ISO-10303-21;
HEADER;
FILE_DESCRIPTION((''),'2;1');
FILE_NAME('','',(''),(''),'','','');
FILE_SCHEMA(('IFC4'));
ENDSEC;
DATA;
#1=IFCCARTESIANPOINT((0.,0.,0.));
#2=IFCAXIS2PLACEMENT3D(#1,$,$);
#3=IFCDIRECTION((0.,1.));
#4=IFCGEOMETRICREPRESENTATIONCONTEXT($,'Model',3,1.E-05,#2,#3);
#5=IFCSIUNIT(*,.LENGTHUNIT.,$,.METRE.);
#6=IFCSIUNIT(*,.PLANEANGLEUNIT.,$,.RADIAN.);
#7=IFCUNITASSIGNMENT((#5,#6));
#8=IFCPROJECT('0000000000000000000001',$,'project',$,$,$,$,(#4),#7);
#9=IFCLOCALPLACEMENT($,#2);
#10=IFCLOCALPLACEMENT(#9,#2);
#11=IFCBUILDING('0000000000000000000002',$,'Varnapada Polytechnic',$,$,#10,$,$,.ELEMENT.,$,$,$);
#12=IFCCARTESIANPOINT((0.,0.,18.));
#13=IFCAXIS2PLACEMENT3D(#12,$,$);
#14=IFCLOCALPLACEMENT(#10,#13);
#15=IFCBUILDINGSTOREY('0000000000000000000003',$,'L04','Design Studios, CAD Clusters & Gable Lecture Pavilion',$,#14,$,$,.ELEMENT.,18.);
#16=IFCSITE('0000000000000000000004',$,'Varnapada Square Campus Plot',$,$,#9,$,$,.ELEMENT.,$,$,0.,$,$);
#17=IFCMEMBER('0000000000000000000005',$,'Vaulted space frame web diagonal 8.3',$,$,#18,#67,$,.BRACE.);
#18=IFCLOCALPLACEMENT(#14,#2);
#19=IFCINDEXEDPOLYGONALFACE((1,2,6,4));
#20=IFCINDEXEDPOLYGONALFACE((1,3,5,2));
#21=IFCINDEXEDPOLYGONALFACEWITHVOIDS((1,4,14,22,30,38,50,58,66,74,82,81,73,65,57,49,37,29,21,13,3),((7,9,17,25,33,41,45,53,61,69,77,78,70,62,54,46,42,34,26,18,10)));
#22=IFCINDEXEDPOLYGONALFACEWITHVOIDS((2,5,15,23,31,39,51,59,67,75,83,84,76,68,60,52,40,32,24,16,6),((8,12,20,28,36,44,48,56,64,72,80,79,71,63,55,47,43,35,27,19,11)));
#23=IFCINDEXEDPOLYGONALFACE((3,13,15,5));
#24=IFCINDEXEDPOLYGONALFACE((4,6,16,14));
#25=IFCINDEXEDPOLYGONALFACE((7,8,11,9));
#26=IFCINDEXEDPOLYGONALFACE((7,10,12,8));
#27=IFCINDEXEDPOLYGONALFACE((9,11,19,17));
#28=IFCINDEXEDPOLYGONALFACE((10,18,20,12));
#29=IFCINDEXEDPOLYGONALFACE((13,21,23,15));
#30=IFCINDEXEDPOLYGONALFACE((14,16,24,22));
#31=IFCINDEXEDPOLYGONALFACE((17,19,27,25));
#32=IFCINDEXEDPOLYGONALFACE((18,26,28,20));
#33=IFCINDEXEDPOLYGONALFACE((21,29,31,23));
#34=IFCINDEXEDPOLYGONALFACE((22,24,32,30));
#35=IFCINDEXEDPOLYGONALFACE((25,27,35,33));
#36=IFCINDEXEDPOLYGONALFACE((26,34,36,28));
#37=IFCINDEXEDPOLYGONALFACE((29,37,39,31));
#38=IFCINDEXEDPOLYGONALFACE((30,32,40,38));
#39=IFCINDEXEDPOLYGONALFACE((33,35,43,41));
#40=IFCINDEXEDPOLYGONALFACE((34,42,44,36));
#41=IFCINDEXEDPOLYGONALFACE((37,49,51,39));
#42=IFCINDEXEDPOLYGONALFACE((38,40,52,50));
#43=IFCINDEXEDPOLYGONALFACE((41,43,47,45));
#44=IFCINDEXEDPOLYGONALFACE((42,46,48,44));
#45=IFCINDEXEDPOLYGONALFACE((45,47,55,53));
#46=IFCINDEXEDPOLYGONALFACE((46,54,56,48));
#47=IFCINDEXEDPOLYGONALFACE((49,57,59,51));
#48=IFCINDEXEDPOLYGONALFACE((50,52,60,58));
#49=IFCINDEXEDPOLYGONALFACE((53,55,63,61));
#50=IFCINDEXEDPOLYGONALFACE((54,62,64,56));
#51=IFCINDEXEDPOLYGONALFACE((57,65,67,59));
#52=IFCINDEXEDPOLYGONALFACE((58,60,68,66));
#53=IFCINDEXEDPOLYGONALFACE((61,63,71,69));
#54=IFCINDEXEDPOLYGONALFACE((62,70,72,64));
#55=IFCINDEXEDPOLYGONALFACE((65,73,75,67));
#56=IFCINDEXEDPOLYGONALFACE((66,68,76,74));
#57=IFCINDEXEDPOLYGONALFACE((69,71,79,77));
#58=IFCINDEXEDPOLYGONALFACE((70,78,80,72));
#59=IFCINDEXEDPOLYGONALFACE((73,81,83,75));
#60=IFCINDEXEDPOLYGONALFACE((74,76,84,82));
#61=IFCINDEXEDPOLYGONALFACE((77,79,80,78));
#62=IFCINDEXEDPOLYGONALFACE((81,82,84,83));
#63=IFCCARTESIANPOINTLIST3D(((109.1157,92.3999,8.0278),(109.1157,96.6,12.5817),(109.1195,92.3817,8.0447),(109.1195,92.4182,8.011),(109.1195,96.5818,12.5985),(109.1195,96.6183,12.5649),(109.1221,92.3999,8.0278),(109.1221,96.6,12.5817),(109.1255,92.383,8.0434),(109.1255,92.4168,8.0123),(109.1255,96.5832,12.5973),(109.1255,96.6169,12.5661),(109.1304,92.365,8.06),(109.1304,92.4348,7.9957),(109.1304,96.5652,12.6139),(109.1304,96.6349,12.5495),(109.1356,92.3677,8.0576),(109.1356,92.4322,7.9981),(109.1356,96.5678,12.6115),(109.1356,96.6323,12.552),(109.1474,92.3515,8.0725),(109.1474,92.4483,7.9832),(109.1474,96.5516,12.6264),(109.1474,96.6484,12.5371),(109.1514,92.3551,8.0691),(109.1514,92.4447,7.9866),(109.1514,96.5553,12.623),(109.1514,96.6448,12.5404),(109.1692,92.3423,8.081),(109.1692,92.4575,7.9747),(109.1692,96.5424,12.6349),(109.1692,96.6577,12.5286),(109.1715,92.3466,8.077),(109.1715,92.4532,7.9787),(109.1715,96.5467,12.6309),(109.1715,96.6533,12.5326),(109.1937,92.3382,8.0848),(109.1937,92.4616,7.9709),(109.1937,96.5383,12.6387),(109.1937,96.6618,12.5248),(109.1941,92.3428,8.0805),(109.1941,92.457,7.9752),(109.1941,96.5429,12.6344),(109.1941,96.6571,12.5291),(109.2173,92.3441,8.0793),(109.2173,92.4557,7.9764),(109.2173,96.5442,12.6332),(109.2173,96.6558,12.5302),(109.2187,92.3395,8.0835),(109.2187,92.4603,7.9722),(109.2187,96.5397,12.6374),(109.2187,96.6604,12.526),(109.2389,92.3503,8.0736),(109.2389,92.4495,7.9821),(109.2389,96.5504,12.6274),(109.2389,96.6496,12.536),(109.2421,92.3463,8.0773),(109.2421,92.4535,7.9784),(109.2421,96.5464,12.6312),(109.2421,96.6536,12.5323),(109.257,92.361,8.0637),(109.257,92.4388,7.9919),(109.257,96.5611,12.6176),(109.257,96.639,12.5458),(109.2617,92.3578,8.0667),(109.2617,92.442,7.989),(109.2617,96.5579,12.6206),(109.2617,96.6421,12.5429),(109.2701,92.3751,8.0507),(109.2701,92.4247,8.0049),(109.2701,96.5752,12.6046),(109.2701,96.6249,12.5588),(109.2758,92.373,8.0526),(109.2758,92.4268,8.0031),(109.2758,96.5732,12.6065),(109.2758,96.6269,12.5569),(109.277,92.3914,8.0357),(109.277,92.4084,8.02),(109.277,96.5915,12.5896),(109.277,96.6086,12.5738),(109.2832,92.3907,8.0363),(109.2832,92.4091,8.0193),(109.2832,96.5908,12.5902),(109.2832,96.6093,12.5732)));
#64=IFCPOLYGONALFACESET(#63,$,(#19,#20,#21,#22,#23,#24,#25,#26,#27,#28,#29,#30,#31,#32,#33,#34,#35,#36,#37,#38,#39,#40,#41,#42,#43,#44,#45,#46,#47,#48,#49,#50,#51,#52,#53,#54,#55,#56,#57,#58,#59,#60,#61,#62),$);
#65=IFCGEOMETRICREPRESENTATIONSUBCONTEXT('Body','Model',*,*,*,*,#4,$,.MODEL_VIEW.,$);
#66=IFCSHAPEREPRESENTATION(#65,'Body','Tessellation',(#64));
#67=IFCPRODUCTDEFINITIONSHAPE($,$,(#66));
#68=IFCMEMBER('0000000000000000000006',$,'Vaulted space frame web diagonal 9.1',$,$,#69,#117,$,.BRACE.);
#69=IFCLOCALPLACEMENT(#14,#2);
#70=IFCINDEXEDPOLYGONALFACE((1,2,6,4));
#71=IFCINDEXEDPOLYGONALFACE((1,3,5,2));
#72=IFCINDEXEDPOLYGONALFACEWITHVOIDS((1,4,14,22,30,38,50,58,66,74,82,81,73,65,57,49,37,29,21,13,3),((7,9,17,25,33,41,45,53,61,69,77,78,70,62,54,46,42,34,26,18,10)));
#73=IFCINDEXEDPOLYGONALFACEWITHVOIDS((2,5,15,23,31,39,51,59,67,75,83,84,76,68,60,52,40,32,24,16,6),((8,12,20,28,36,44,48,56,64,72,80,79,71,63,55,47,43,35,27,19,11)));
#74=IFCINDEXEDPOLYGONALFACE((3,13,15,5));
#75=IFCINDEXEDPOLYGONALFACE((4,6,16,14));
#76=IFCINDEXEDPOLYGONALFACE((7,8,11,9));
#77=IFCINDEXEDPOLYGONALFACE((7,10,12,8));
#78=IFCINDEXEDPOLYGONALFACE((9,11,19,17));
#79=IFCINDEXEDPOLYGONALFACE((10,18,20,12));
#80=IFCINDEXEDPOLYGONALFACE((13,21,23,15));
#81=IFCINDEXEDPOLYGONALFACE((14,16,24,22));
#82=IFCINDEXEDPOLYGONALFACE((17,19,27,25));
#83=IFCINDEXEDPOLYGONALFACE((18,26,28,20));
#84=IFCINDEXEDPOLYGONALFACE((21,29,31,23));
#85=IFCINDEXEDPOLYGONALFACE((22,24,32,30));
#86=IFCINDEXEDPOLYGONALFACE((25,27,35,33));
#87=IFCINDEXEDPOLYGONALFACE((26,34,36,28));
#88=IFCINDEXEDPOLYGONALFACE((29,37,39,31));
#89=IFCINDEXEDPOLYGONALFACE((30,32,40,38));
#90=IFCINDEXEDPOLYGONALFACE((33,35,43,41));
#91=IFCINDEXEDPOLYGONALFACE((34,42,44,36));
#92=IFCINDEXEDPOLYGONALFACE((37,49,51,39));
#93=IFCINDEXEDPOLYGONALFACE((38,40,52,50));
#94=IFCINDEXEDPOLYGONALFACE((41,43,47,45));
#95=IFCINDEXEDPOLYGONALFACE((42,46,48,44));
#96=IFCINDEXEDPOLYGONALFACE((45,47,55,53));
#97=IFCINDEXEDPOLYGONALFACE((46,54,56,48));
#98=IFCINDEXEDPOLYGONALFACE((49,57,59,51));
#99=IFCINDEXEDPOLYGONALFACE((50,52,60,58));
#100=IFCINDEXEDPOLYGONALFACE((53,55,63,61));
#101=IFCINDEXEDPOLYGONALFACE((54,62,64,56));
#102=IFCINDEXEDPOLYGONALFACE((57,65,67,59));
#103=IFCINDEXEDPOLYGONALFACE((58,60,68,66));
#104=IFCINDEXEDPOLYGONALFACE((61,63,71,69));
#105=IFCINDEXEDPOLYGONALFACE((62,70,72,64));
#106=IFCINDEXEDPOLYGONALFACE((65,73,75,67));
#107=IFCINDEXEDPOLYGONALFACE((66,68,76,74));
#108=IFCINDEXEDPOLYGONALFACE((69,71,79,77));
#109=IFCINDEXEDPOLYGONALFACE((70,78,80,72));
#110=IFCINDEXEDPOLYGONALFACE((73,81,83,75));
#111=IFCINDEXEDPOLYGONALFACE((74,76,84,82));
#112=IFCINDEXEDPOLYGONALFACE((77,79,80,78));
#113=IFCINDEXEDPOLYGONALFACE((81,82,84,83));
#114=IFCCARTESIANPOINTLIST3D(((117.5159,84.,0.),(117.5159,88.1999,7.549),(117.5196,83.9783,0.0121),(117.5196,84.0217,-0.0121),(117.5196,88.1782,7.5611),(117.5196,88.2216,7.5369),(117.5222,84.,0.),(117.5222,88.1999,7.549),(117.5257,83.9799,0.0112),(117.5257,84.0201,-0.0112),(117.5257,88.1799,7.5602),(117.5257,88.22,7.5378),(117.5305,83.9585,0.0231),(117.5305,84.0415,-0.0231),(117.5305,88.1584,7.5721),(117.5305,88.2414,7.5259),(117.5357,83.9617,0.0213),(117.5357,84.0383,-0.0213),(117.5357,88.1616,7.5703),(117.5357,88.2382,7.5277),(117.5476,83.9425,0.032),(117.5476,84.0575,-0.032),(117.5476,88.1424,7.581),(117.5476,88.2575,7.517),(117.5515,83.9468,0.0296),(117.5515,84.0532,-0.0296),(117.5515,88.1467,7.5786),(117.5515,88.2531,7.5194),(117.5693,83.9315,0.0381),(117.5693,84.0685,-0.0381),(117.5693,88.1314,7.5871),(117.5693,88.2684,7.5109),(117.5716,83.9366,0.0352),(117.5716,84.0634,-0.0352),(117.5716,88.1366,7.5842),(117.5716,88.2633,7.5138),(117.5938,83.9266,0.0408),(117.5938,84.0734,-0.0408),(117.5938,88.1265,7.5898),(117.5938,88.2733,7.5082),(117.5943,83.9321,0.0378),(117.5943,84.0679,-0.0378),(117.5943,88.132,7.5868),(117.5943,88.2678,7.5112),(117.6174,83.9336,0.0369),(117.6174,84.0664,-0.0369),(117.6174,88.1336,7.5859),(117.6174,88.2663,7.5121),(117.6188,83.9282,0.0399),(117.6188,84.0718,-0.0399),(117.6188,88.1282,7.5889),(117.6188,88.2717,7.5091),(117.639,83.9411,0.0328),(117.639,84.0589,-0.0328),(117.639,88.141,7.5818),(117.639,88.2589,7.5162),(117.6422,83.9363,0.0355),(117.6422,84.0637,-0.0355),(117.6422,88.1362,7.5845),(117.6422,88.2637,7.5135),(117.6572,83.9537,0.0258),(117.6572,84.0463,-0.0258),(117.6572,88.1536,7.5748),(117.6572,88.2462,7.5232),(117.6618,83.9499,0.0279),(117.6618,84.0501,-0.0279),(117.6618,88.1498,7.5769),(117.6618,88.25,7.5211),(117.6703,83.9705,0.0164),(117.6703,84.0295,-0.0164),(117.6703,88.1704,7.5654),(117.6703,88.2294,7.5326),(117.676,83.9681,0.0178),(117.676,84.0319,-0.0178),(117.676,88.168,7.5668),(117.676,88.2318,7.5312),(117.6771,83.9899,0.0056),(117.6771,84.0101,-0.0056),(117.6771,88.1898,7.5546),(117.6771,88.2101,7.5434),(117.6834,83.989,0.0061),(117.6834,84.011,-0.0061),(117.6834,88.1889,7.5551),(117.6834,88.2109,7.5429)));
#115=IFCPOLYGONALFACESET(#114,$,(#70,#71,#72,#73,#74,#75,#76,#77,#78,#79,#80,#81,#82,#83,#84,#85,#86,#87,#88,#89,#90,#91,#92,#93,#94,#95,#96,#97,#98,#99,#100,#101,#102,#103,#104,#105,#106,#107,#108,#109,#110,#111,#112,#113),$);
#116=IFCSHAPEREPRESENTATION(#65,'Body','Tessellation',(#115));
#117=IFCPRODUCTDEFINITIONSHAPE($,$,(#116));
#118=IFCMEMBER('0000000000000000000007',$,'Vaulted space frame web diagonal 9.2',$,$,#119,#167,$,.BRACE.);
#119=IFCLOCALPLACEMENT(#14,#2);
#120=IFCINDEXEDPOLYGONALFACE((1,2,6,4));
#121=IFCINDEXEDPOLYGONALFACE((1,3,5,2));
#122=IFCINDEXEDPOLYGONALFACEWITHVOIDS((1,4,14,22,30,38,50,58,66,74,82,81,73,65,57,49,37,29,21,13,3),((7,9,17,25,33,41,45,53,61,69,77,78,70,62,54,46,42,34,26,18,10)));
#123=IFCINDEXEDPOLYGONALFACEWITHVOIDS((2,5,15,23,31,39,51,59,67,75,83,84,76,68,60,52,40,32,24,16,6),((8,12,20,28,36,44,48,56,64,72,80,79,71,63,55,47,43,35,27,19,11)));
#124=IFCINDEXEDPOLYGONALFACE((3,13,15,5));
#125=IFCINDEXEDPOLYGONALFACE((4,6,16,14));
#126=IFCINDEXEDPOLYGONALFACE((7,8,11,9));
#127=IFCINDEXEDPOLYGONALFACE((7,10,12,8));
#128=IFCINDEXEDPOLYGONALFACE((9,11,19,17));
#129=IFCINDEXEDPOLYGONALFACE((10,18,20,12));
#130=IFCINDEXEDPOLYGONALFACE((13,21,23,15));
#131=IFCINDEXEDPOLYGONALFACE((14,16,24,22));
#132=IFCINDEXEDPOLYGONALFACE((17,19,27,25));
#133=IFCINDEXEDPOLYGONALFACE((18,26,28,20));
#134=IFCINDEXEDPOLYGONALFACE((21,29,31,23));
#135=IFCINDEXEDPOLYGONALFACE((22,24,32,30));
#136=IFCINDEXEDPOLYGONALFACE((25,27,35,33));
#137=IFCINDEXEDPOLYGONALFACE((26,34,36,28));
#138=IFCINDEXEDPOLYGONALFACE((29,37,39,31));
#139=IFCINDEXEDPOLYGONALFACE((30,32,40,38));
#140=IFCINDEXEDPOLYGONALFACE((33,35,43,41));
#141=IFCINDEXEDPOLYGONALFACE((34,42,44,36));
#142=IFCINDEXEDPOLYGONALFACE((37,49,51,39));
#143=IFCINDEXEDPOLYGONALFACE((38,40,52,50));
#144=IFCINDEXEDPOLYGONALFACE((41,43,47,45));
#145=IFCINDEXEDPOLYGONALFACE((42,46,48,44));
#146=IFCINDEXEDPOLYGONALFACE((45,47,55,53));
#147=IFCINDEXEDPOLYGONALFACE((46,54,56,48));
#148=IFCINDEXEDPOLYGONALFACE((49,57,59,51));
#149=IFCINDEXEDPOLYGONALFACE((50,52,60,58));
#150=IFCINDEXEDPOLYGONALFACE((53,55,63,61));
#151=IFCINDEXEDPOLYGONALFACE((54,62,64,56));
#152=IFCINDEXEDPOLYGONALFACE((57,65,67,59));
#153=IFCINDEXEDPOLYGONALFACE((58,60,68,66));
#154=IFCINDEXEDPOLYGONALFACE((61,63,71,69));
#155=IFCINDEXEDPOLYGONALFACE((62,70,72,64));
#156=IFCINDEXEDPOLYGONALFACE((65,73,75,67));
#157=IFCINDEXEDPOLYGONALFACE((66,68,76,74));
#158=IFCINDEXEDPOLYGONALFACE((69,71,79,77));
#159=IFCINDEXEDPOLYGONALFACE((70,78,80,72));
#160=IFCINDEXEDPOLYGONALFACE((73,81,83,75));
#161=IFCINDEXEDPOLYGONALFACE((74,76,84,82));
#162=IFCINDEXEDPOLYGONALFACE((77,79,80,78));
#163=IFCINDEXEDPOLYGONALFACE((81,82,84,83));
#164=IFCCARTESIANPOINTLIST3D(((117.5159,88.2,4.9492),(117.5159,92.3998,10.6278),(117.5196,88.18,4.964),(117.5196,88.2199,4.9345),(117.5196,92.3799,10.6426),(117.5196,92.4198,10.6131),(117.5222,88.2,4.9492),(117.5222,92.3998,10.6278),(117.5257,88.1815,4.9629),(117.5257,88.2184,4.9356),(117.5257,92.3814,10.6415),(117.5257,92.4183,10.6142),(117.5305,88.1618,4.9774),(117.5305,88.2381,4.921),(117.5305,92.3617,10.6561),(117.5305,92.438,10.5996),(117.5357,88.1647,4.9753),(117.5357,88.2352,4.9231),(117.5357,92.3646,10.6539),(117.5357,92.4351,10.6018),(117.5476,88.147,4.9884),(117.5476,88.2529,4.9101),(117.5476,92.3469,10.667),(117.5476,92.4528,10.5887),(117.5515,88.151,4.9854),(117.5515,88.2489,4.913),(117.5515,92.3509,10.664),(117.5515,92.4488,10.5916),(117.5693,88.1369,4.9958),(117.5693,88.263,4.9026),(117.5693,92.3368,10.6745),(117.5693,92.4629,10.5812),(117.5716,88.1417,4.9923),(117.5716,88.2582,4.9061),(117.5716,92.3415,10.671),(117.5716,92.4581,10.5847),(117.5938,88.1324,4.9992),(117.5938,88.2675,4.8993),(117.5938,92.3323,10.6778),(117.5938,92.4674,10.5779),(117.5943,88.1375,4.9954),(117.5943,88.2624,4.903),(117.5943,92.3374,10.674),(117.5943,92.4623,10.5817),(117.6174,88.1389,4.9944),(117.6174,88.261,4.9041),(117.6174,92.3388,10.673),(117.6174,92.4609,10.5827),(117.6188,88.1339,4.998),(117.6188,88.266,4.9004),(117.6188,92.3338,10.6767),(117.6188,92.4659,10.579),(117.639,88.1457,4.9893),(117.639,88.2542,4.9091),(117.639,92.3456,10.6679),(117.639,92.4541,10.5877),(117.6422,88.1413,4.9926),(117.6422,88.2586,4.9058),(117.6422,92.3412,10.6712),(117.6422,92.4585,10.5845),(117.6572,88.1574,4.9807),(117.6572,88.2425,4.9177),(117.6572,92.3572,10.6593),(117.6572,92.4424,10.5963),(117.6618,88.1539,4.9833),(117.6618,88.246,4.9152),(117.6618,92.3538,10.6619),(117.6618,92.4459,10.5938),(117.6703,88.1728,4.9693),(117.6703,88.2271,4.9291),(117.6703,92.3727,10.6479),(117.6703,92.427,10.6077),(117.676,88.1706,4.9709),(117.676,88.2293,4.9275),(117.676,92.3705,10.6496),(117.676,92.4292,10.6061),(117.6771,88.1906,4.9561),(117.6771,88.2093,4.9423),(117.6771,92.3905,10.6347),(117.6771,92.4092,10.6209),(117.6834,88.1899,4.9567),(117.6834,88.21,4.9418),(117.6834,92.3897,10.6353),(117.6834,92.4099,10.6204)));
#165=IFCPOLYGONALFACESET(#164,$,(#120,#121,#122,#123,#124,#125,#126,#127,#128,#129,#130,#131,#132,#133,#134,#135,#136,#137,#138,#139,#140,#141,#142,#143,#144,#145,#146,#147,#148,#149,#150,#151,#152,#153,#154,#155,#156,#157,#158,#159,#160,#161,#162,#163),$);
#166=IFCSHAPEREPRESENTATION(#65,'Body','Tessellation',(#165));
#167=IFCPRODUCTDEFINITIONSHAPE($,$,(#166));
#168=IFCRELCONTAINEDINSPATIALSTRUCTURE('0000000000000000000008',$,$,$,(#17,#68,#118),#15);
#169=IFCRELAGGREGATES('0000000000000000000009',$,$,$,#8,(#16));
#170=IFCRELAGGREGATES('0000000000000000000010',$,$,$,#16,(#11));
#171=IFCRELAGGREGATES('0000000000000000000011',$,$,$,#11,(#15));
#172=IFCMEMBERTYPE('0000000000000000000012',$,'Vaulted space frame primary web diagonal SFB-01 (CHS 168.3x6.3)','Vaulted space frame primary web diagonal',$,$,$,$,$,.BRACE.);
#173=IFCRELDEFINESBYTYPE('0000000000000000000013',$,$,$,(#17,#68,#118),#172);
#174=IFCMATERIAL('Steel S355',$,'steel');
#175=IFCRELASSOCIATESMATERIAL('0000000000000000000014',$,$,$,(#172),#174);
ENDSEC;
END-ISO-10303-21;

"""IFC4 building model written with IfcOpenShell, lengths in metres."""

from ifc_helpers import new_model, si_unit, direction, frame, origin, origin_2d, place, context, subcontext, project, spatial, hollow_circle, extrude, material, material_profile, profile_set, type_object, element, save


model = new_model("IFC4")

# Units and contexts
model_context = context("Model", 3, precision=1e-05, world=origin(), true_north=direction((0.0, 1.0)))
body_context = subcontext(model_context, "Body", "Model", "MODEL_VIEW")
ifc_project = project(units=[si_unit("LENGTHUNIT", "METRE"), si_unit("PLANEANGLEUNIT", "RADIAN")], contexts=[model_context])

# Site, building, storey
site_placement = place(None, origin())
site = spatial("IfcSite", under=ifc_project, at=site_placement, Name="Varnapada Square Campus Plot", CompositionType="ELEMENT", RefElevation=0.0)
building_placement = place(site_placement, origin())
building = spatial("IfcBuilding", under=site, at=building_placement, Name="Varnapada Polytechnic", CompositionType="ELEMENT")
storey_placement = place(building_placement, frame((0.0, 0.0, 18.0)))
storey = spatial("IfcBuildingStorey", under=building, at=storey_placement, Name="L04", Description="Design Studios, CAD Clusters & Gable Lecture Pavilion", CompositionType="ELEMENT", Elevation=18.0)

# Shared definitions
ifc_material = material(Name="Steel S355", Category="steel")

# Members
ifc_material_profile_1 = material_profile(ifc_material, hollow_circle(Radius=0.0842, WallThickness=0.0063, at=origin_2d()), Name="CHS 168.3x6.3")
ifc_profile_set_1 = profile_set([ifc_material_profile_1], Name="Steel S355")
member_type_1 = type_object("IfcMemberType", Name="Vaulted space frame primary web diagonal SFB-01 (CHS 168.3x6.3)", Description="Vaulted space frame primary web diagonal", PredefinedType="BRACE", material=ifc_profile_set_1)
member_1_placement = place(storey_placement, frame((109.2, 92.3999, 8.0278), z_axis=(0.0, 0.677979, 0.735081), x_axis=(-1.0, 0.0, 0.0)))
element("IfcMember", 1, at=member_1_placement, inside=storey, type_object=member_type_1, Name="Vaulted space frame web diagonal 8.3", PredefinedType="BRACE", context=body_context, shape_type="SweptSolid", body=[
    extrude(hollow_circle(Radius=0.0842, WallThickness=0.0063, at=origin_2d()), origin(), (0.0, 0.0, 1.0), 6.1951),
])
member_2_placement = place(storey_placement, frame((117.6001, 84.0, 0.0), z_axis=(0.0, 0.486176, 0.873861), x_axis=(-1.0, 0.0, 0.0)))
element("IfcMember", 2, at=member_2_placement, inside=storey, type_object=member_type_1, Name="Vaulted space frame web diagonal 9.1", PredefinedType="BRACE", context=body_context, shape_type="SweptSolid", body=[
    extrude(hollow_circle(Radius=0.0842, WallThickness=0.0063, at=origin_2d()), origin(), (0.0, 0.0, 1.0), 8.6387),
])
member_3_placement = place(storey_placement, frame((117.6001, 88.2, 4.9492), z_axis=(0.0, 0.594633, 0.803997), x_axis=(-1.0, 0.0, 0.0)))
element("IfcMember", 3, at=member_3_placement, inside=storey, type_object=member_type_1, Name="Vaulted space frame web diagonal 9.2", PredefinedType="BRACE", context=body_context, shape_type="SweptSolid", body=[
    extrude(hollow_circle(Radius=0.0842, WallThickness=0.0063, at=origin_2d()), origin(), (0.0, 0.0, 1.0), 7.063),
])

save(model, "model.ifc")
